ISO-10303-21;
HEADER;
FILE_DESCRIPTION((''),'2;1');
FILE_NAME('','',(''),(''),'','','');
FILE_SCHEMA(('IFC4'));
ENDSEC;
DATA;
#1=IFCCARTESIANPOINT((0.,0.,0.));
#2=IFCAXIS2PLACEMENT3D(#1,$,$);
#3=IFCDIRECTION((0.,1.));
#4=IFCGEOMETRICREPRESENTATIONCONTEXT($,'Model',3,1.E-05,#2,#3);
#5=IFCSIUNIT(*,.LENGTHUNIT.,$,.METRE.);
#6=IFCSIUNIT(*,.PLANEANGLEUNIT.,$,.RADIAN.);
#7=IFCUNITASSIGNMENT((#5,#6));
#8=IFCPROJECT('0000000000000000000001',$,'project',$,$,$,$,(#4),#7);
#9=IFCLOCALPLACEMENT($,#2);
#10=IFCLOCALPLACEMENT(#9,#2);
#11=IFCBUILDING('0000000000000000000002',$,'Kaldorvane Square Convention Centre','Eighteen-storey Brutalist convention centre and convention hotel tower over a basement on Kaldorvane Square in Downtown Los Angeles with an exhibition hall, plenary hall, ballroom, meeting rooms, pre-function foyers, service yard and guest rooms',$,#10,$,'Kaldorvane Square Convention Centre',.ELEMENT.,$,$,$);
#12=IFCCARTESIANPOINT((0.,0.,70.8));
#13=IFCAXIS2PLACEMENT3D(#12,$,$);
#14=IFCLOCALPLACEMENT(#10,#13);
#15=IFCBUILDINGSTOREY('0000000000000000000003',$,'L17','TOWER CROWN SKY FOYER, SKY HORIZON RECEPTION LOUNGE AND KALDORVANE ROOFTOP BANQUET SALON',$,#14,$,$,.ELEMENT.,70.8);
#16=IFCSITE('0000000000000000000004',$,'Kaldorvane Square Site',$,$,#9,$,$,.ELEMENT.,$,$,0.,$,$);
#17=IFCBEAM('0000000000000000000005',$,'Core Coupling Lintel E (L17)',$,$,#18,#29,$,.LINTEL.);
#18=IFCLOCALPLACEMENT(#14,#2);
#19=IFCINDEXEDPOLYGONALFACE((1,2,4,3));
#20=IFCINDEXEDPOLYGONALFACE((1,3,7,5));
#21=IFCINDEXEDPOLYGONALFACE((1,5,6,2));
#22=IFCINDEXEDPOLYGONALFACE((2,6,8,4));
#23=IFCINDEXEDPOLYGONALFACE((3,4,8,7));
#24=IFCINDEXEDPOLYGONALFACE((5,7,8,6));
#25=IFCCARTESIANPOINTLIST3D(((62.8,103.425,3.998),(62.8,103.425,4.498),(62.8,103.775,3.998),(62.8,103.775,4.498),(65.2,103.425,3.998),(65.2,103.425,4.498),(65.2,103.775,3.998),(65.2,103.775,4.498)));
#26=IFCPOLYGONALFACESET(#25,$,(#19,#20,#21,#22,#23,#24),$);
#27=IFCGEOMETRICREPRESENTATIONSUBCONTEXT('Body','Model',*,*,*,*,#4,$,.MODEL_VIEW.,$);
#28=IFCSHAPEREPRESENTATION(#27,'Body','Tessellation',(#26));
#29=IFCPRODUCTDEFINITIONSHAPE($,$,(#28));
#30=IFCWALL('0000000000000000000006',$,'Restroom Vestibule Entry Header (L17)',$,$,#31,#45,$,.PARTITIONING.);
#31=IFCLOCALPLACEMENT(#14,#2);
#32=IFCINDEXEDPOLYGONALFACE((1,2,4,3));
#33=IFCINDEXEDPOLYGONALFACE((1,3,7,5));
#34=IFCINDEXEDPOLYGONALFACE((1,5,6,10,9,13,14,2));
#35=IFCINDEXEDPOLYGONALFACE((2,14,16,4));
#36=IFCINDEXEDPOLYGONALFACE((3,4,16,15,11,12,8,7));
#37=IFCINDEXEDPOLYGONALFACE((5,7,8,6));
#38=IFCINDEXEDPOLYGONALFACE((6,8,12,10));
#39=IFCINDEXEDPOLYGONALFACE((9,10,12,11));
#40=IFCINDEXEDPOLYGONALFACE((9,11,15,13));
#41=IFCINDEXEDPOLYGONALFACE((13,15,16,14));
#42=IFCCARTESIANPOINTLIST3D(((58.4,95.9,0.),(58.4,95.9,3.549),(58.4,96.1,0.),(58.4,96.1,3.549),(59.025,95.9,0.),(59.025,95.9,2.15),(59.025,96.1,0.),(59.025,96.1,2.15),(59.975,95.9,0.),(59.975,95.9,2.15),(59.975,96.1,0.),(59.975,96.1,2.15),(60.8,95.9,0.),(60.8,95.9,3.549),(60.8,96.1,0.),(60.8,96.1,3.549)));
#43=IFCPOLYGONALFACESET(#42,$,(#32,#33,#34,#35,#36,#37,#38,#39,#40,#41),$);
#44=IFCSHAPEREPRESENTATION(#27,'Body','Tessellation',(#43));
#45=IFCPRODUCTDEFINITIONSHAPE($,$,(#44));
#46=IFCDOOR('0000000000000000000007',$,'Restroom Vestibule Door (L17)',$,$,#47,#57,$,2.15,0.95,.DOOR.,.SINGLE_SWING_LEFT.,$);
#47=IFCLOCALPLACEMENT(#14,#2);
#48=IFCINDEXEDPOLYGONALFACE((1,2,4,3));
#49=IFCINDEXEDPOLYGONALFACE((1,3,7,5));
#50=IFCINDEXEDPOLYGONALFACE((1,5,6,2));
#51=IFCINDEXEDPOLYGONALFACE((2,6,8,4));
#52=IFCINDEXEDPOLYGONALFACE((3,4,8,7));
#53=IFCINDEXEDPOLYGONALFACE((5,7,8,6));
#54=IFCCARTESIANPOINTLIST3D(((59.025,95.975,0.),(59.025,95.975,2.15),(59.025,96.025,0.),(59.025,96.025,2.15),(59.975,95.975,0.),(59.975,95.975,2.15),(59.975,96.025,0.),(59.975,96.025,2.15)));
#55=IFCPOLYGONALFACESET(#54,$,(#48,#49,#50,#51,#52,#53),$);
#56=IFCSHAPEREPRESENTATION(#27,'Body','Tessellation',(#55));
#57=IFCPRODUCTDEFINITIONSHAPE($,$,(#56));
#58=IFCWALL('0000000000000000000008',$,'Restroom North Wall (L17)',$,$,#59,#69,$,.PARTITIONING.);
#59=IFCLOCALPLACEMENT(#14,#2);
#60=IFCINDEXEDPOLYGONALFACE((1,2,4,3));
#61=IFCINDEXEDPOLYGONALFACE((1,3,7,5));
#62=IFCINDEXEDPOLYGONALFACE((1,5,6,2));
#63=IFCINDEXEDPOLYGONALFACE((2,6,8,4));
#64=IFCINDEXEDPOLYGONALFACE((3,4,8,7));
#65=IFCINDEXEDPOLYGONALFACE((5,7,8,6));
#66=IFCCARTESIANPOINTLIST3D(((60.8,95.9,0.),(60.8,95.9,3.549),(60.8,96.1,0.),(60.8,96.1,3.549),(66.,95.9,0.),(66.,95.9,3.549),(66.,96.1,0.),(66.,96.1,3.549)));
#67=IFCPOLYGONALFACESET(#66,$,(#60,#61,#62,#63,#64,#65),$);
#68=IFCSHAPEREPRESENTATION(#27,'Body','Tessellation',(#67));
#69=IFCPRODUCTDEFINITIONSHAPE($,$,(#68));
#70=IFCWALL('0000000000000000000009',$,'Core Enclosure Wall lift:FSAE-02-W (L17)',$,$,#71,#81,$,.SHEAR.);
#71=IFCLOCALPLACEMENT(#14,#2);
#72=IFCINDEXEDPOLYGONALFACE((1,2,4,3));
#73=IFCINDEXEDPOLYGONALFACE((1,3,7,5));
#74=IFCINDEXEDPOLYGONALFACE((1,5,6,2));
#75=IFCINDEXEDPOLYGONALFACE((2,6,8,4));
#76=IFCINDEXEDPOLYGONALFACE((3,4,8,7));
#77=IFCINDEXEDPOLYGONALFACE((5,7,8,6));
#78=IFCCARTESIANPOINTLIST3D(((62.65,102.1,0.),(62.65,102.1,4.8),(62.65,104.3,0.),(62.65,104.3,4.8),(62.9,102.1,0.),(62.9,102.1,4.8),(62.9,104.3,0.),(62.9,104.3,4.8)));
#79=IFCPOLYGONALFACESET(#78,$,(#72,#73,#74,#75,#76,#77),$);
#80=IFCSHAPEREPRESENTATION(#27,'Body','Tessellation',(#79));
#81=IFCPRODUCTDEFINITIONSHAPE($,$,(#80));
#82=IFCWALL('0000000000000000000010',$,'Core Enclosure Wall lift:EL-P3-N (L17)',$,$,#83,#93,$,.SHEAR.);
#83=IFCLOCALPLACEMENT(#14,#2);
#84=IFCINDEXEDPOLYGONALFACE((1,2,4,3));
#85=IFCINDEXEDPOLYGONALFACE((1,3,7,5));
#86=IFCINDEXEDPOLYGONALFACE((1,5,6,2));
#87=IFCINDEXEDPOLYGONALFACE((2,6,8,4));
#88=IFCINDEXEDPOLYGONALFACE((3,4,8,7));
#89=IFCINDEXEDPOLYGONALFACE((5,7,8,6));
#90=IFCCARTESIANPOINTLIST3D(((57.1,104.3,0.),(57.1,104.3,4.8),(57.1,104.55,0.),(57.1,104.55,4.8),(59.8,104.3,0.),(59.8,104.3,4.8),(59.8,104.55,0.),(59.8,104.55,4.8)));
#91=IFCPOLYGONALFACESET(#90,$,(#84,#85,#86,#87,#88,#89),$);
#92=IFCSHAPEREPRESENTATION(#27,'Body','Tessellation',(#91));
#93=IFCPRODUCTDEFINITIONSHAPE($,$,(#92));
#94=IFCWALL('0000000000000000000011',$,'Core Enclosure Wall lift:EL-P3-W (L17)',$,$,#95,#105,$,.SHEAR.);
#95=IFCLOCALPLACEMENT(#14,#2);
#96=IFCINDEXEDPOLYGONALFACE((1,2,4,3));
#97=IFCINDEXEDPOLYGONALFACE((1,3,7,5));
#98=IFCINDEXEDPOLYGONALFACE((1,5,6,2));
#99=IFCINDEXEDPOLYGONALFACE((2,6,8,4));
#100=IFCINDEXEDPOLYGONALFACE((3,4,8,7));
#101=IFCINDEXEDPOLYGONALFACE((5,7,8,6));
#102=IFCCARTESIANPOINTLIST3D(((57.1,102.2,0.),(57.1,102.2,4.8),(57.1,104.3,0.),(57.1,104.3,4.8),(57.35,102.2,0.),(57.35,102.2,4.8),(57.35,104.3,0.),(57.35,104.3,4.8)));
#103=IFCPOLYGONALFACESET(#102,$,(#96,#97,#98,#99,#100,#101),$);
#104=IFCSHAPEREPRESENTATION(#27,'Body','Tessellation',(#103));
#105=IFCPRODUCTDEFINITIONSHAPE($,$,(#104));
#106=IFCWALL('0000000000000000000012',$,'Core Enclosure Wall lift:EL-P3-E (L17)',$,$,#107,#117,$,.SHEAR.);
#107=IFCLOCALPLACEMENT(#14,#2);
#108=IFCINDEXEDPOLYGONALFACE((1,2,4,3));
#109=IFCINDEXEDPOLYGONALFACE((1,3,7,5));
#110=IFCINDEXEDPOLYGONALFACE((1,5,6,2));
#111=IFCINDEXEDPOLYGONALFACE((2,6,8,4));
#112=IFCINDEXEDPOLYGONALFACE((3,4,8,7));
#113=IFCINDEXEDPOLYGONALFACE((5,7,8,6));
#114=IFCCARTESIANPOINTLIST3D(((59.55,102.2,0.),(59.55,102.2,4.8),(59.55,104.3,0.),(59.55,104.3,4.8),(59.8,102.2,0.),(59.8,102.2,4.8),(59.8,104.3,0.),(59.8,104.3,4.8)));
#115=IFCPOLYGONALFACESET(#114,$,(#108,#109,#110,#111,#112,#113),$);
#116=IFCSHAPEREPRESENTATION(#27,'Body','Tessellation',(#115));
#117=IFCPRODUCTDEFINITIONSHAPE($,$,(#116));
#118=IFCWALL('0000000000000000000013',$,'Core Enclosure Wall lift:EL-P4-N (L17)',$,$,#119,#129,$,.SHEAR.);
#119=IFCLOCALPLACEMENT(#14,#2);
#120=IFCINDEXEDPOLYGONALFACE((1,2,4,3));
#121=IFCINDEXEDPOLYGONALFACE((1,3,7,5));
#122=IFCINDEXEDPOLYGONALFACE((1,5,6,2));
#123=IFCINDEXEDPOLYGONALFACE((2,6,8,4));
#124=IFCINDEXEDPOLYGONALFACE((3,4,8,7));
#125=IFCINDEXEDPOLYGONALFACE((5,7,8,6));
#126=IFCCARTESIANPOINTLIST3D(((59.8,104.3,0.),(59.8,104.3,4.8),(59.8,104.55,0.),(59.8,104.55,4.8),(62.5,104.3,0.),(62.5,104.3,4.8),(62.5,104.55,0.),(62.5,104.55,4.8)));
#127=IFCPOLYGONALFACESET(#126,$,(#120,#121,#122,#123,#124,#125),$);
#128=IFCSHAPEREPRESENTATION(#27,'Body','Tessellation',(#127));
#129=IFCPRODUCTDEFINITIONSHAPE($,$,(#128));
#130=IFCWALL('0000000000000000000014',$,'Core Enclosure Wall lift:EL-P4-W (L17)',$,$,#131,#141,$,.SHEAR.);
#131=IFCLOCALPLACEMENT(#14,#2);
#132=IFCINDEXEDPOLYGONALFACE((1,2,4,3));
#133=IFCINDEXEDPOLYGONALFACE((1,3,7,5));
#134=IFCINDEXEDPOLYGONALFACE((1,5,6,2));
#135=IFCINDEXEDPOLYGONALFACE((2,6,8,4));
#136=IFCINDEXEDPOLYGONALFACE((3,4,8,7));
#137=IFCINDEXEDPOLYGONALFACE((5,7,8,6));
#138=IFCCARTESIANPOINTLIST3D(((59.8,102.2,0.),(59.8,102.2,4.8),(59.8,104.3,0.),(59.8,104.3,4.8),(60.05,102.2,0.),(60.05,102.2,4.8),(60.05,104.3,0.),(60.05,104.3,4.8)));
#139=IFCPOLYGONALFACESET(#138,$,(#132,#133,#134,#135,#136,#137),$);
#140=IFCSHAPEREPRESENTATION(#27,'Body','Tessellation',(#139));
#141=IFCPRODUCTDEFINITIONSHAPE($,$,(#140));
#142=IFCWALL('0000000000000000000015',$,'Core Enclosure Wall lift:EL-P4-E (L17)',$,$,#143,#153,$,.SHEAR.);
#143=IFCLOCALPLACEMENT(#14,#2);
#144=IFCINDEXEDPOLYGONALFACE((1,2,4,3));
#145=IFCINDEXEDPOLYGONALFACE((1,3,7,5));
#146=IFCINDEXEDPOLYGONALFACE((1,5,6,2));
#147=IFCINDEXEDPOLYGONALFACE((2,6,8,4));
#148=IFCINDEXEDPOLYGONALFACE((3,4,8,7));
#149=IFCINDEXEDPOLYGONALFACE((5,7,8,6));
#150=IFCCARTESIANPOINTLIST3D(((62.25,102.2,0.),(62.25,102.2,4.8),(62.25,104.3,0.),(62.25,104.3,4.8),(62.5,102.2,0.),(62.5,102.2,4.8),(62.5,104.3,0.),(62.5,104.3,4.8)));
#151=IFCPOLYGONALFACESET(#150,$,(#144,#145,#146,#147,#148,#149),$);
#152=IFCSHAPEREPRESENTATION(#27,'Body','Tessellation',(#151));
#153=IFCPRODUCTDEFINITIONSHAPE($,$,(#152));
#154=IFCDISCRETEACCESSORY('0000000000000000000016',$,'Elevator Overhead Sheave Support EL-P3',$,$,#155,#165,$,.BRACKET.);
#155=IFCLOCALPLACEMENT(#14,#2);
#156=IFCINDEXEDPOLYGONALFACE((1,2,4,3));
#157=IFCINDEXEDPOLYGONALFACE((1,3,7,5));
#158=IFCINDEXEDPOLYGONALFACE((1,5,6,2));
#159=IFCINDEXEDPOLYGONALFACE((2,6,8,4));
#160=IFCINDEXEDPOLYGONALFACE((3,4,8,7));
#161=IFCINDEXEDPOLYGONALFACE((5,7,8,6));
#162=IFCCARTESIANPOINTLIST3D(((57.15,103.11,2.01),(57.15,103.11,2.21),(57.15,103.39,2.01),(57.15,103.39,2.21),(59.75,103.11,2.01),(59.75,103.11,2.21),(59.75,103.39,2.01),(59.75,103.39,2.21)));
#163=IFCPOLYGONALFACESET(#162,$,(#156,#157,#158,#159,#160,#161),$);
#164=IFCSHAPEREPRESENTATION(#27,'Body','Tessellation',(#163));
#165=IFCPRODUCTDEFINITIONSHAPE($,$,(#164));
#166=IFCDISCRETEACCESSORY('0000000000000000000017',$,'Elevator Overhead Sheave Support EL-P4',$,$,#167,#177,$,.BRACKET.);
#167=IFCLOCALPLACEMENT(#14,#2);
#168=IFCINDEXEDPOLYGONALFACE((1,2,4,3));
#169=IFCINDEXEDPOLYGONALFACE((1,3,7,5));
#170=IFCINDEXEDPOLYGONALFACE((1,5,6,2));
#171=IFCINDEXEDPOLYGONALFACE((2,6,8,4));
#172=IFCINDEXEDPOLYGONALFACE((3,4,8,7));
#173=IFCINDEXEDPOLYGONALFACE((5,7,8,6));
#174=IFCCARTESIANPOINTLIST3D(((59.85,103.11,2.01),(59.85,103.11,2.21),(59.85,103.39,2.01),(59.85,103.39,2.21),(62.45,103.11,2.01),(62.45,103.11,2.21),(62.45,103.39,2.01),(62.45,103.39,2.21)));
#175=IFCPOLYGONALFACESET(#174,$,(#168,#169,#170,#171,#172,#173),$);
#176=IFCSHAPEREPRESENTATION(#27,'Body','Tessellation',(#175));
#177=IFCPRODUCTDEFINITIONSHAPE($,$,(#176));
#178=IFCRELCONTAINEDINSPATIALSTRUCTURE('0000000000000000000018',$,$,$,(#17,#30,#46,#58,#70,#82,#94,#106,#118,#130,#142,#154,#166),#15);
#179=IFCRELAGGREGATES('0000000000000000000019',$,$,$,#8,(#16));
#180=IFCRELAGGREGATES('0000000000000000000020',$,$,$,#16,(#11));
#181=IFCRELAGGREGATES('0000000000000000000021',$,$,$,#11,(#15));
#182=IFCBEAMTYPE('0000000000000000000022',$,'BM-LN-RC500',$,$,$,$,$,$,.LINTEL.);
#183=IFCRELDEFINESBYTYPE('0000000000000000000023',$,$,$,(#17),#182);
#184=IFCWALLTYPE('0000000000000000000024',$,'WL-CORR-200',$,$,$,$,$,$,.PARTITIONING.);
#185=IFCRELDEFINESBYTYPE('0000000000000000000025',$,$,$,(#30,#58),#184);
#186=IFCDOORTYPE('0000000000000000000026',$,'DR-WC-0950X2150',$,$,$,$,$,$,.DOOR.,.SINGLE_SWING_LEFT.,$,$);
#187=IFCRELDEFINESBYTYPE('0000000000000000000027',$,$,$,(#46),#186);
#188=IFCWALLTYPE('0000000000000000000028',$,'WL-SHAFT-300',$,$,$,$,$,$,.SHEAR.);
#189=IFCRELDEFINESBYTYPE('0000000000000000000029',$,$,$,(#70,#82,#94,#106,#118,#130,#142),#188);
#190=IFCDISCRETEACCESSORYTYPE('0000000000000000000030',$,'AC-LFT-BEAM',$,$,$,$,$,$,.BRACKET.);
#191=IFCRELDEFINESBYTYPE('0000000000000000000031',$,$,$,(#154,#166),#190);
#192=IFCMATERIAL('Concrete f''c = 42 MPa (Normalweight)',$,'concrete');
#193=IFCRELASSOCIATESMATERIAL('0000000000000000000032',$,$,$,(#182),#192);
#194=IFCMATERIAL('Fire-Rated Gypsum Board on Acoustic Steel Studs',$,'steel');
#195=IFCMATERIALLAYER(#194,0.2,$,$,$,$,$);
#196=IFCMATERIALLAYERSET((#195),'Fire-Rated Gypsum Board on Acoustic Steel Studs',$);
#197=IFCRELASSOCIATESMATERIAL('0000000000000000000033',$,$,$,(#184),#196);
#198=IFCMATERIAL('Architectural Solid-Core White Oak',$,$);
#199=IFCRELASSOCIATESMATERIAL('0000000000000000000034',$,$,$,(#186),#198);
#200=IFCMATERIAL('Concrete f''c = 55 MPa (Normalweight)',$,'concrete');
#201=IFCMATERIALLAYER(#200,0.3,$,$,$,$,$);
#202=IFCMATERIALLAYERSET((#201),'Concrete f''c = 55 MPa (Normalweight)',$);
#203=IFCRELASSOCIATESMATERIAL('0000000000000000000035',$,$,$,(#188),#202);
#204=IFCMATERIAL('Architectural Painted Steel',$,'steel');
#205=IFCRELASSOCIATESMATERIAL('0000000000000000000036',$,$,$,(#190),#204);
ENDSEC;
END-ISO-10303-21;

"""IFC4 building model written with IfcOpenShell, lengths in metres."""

from ifc_helpers import new_model, si_unit, direction, frame, frame_2d, origin, origin_2d, place, context, subcontext, project, spatial, rectangle, extrude, material, layer, layer_set, material_profile, profile_set, type_object, element, fill, save


model = new_model("IFC4")

# Units and contexts
model_context = context("Model", 3, precision=1e-05, world=origin(), true_north=direction((0.0, 1.0)))
body_context = subcontext(model_context, "Body", "Model", "MODEL_VIEW")
ifc_project = project(units=[si_unit("LENGTHUNIT", "METRE"), si_unit("PLANEANGLEUNIT", "RADIAN")], contexts=[model_context])

# Site, building, storey
site_placement = place(None, origin())
site = spatial("IfcSite", under=ifc_project, at=site_placement, Name="Kaldorvane Square Site", CompositionType="ELEMENT", RefElevation=0.0)
building_placement = place(site_placement, origin())
building = spatial("IfcBuilding", under=site, at=building_placement, Name="Kaldorvane Square Convention Centre", Description="Eighteen-storey Brutalist convention centre and convention hotel tower over a basement on Kaldorvane Square in Downtown Los Angeles with an exhibition hall, plenary hall, ballroom, meeting rooms, pre-function foyers, service yard and guest rooms", LongName="Kaldorvane Square Convention Centre", CompositionType="ELEMENT")
storey_placement = place(building_placement, frame((0.0, 0.0, 70.8)))
storey = spatial("IfcBuildingStorey", under=building, at=storey_placement, Name="L17", Description="TOWER CROWN SKY FOYER, SKY HORIZON RECEPTION LOUNGE AND KALDORVANE ROOFTOP BANQUET SALON", CompositionType="ELEMENT", Elevation=70.8)

# Beam
ifc_material_1 = material(Name="Concrete f'c = 42 MPa (Normalweight)", Category="concrete")
ifc_material_profile = material_profile(ifc_material_1, rectangle(XDim=0.35, YDim=0.5, at=origin_2d()), Name="RCLN500X350")
ifc_profile_set = profile_set([ifc_material_profile], Name="Concrete f'c = 42 MPa (Normalweight)")
beam_type = type_object("IfcBeamType", Name="BM-LN-RC500", PredefinedType="LINTEL", material=ifc_profile_set)
beam_placement = place(storey_placement, frame((62.8, 103.6, 4.248), z_axis=(1.0, 0.0, 0.0), x_axis=(0.0, 1.0, 0.0)))
element("IfcBeam", 1, at=beam_placement, inside=storey, type_object=beam_type, Name="Core Coupling Lintel E (L17)", PredefinedType="LINTEL", context=body_context, shape_type="SweptSolid", body=[
    extrude(rectangle(XDim=0.35, YDim=0.5, at=origin_2d()), origin(), (0.0, 0.0, 1.0), 2.4),
])

# Wall, opening, door
ifc_material_2 = material(Name="Fire-Rated Gypsum Board on Acoustic Steel Studs", Category="steel")
ifc_layer_1 = layer(ifc_material_2, 0.2)
ifc_layer_set_1 = layer_set([ifc_layer_1], Name="Fire-Rated Gypsum Board on Acoustic Steel Studs")
wall_type_1 = type_object("IfcWallType", Name="WL-CORR-200", PredefinedType="PARTITIONING", material=ifc_layer_set_1)
wall_1_placement = place(storey_placement, frame((58.4, 96.0, 0.0), z_axis=(0.0, 0.0, 1.0), x_axis=(1.0, 0.0, 0.0)))
wall_1 = element("IfcWall", 2, at=wall_1_placement, inside=storey, type_object=wall_type_1, Name="Restroom Vestibule Entry Header (L17)", PredefinedType="PARTITIONING", context=body_context, shape_type="SweptSolid", body=[
    extrude(rectangle(XDim=2.4, YDim=0.2, at=frame_2d((1.2, 0.0))), origin(), (0.0, 0.0, 1.0), 3.549),
])
opening_1_placement = place(wall_1_placement, frame((0.625, 0.0, 0.0)))
opening_1 = element("IfcOpeningElement", 3, at=opening_1_placement, cuts=wall_1, PredefinedType="OPENING", context=body_context, shape_type="SweptSolid", body=[
    extrude(rectangle(XDim=0.95, YDim=2.15, at=frame_2d((0.475, 1.075))), frame((0.0, 0.115, 0.0), z_axis=(0.0, -1.0, 0.0), x_axis=(1.0, 0.0, 0.0)), (0.0, 0.0, 1.0), 0.23),
])
ifc_material_3 = material(Name="Architectural Solid-Core White Oak")
door_type_1 = type_object("IfcDoorType", Name="DR-WC-0950X2150", OperationType="SINGLE_SWING_LEFT", PredefinedType="DOOR", material=ifc_material_3)
door_1_placement = place(opening_1_placement, origin())
door_1 = element("IfcDoor", 4, at=door_1_placement, inside=storey, type_object=door_type_1, Name="Restroom Vestibule Door (L17)", OperationType="SINGLE_SWING_LEFT", OverallHeight=2.15, OverallWidth=0.95, PredefinedType="DOOR", context=body_context, shape_type="SweptSolid", body=[
    extrude(rectangle(XDim=0.95, YDim=2.15, at=frame_2d((0.475, 1.075))), frame((0.0, 0.025, 0.0), z_axis=(0.0, -1.0, 0.0), x_axis=(1.0, 0.0, 0.0)), (0.0, 0.0, 1.0), 0.05),
])
fill(opening_1, door_1)

# Wall
wall_2_placement = place(storey_placement, frame((60.8, 96.0, 0.0), z_axis=(0.0, 0.0, 1.0), x_axis=(1.0, 0.0, 0.0)))
element("IfcWall", 5, at=wall_2_placement, inside=storey, type_object=wall_type_1, Name="Restroom North Wall (L17)", PredefinedType="PARTITIONING", context=body_context, shape_type="SweptSolid", body=[
    extrude(rectangle(XDim=5.2, YDim=0.2, at=frame_2d((2.6, 0.0))), origin(), (0.0, 0.0, 1.0), 3.549),
])

# Shared definitions
ifc_material_4 = material(Name="Concrete f'c = 55 MPa (Normalweight)", Category="concrete")
ifc_layer_2 = layer(ifc_material_4, 0.3)
ifc_layer_set_2 = layer_set([ifc_layer_2], Name="Concrete f'c = 55 MPa (Normalweight)")
wall_type_2 = type_object("IfcWallType", Name="WL-SHAFT-300", PredefinedType="SHEAR", material=ifc_layer_set_2)

# Wall
wall_3_placement = place(storey_placement, frame((62.775, 104.3, 0.0), z_axis=(0.0, 0.0, 1.0), x_axis=(0.0, -1.0, 0.0)))
element("IfcWall", 6, at=wall_3_placement, inside=storey, type_object=wall_type_2, Name="Core Enclosure Wall lift:FSAE-02-W (L17)", PredefinedType="SHEAR", context=body_context, shape_type="SweptSolid", body=[
    extrude(rectangle(XDim=2.2, YDim=0.25, at=frame_2d((1.1, 0.0))), origin(), (0.0, 0.0, 1.0), 4.8),
])

# Walls
wall_4_placement = place(storey_placement, frame((59.8, 104.425, 0.0), z_axis=(0.0, 0.0, 1.0), x_axis=(-1.0, 0.0, 0.0)))
element("IfcWall", 7, at=wall_4_placement, inside=storey, type_object=wall_type_2, Name="Core Enclosure Wall lift:EL-P3-N (L17)", PredefinedType="SHEAR", context=body_context, shape_type="SweptSolid", body=[
    extrude(rectangle(XDim=2.7, YDim=0.25, at=frame_2d((1.35, 0.0))), origin(), (0.0, 0.0, 1.0), 4.8),
])
for number, where, z_axis, x_axis, name in (
    (8, (57.225, 104.3, 0.0), (0.0, 0.0, 1.0), (0.0, -1.0, 0.0), "Core Enclosure Wall lift:EL-P3-W (L17)"),
    (9, (59.675, 102.2, 0.0), (0.0, 0.0, 1.0), (0.0, 1.0, 0.0), "Core Enclosure Wall lift:EL-P3-E (L17)"),
):
    element("IfcWall", number, at=place(storey_placement, frame(where, z_axis=z_axis, x_axis=x_axis)), inside=storey, type_object=wall_type_2, Name=name, PredefinedType="SHEAR", context=body_context, shape_type="SweptSolid", body=[
        extrude(rectangle(XDim=2.1, YDim=0.25, at=frame_2d((1.05, 0.0))), origin(), (0.0, 0.0, 1.0), 4.8),
    ])

# Walls
wall_5_placement = place(storey_placement, frame((62.5, 104.425, 0.0), z_axis=(0.0, 0.0, 1.0), x_axis=(-1.0, 0.0, 0.0)))
element("IfcWall", 10, at=wall_5_placement, inside=storey, type_object=wall_type_2, Name="Core Enclosure Wall lift:EL-P4-N (L17)", PredefinedType="SHEAR", context=body_context, shape_type="SweptSolid", body=[
    extrude(rectangle(XDim=2.7, YDim=0.25, at=frame_2d((1.35, 0.0))), origin(), (0.0, 0.0, 1.0), 4.8),
])
for number, where, z_axis, x_axis, name in (
    (11, (59.925, 104.3, 0.0), (0.0, 0.0, 1.0), (0.0, -1.0, 0.0), "Core Enclosure Wall lift:EL-P4-W (L17)"),
    (12, (62.375, 102.2, 0.0), (0.0, 0.0, 1.0), (0.0, 1.0, 0.0), "Core Enclosure Wall lift:EL-P4-E (L17)"),
):
    element("IfcWall", number, at=place(storey_placement, frame(where, z_axis=z_axis, x_axis=x_axis)), inside=storey, type_object=wall_type_2, Name=name, PredefinedType="SHEAR", context=body_context, shape_type="SweptSolid", body=[
        extrude(rectangle(XDim=2.1, YDim=0.25, at=frame_2d((1.05, 0.0))), origin(), (0.0, 0.0, 1.0), 4.8),
    ])

# Discrete accessories
ifc_material_5 = material(Name="Architectural Painted Steel", Category="steel")
discrete_accessory_type = type_object("IfcDiscreteAccessoryType", Name="AC-LFT-BEAM", PredefinedType="BRACKET", material=ifc_material_5)
for number, where, z_axis, x_axis, name in (
    (13, (58.45, 103.25, 2.01), (0.0, 0.0, 1.0), (1.0, 0.0, 0.0), "Elevator Overhead Sheave Support EL-P3"),
    (14, (61.15, 103.25, 2.01), (0.0, 0.0, 1.0), (1.0, 0.0, 0.0), "Elevator Overhead Sheave Support EL-P4"),
):
    element("IfcDiscreteAccessory", number, at=place(storey_placement, frame(where, z_axis=z_axis, x_axis=x_axis)), inside=storey, type_object=discrete_accessory_type, Name=name, PredefinedType="BRACKET", context=body_context, shape_type="SweptSolid", body=[
        extrude(rectangle(XDim=2.6, YDim=0.28, at=origin_2d()), origin(), (0.0, 0.0, 1.0), 0.2),
    ])

save(model, "model.ifc")
